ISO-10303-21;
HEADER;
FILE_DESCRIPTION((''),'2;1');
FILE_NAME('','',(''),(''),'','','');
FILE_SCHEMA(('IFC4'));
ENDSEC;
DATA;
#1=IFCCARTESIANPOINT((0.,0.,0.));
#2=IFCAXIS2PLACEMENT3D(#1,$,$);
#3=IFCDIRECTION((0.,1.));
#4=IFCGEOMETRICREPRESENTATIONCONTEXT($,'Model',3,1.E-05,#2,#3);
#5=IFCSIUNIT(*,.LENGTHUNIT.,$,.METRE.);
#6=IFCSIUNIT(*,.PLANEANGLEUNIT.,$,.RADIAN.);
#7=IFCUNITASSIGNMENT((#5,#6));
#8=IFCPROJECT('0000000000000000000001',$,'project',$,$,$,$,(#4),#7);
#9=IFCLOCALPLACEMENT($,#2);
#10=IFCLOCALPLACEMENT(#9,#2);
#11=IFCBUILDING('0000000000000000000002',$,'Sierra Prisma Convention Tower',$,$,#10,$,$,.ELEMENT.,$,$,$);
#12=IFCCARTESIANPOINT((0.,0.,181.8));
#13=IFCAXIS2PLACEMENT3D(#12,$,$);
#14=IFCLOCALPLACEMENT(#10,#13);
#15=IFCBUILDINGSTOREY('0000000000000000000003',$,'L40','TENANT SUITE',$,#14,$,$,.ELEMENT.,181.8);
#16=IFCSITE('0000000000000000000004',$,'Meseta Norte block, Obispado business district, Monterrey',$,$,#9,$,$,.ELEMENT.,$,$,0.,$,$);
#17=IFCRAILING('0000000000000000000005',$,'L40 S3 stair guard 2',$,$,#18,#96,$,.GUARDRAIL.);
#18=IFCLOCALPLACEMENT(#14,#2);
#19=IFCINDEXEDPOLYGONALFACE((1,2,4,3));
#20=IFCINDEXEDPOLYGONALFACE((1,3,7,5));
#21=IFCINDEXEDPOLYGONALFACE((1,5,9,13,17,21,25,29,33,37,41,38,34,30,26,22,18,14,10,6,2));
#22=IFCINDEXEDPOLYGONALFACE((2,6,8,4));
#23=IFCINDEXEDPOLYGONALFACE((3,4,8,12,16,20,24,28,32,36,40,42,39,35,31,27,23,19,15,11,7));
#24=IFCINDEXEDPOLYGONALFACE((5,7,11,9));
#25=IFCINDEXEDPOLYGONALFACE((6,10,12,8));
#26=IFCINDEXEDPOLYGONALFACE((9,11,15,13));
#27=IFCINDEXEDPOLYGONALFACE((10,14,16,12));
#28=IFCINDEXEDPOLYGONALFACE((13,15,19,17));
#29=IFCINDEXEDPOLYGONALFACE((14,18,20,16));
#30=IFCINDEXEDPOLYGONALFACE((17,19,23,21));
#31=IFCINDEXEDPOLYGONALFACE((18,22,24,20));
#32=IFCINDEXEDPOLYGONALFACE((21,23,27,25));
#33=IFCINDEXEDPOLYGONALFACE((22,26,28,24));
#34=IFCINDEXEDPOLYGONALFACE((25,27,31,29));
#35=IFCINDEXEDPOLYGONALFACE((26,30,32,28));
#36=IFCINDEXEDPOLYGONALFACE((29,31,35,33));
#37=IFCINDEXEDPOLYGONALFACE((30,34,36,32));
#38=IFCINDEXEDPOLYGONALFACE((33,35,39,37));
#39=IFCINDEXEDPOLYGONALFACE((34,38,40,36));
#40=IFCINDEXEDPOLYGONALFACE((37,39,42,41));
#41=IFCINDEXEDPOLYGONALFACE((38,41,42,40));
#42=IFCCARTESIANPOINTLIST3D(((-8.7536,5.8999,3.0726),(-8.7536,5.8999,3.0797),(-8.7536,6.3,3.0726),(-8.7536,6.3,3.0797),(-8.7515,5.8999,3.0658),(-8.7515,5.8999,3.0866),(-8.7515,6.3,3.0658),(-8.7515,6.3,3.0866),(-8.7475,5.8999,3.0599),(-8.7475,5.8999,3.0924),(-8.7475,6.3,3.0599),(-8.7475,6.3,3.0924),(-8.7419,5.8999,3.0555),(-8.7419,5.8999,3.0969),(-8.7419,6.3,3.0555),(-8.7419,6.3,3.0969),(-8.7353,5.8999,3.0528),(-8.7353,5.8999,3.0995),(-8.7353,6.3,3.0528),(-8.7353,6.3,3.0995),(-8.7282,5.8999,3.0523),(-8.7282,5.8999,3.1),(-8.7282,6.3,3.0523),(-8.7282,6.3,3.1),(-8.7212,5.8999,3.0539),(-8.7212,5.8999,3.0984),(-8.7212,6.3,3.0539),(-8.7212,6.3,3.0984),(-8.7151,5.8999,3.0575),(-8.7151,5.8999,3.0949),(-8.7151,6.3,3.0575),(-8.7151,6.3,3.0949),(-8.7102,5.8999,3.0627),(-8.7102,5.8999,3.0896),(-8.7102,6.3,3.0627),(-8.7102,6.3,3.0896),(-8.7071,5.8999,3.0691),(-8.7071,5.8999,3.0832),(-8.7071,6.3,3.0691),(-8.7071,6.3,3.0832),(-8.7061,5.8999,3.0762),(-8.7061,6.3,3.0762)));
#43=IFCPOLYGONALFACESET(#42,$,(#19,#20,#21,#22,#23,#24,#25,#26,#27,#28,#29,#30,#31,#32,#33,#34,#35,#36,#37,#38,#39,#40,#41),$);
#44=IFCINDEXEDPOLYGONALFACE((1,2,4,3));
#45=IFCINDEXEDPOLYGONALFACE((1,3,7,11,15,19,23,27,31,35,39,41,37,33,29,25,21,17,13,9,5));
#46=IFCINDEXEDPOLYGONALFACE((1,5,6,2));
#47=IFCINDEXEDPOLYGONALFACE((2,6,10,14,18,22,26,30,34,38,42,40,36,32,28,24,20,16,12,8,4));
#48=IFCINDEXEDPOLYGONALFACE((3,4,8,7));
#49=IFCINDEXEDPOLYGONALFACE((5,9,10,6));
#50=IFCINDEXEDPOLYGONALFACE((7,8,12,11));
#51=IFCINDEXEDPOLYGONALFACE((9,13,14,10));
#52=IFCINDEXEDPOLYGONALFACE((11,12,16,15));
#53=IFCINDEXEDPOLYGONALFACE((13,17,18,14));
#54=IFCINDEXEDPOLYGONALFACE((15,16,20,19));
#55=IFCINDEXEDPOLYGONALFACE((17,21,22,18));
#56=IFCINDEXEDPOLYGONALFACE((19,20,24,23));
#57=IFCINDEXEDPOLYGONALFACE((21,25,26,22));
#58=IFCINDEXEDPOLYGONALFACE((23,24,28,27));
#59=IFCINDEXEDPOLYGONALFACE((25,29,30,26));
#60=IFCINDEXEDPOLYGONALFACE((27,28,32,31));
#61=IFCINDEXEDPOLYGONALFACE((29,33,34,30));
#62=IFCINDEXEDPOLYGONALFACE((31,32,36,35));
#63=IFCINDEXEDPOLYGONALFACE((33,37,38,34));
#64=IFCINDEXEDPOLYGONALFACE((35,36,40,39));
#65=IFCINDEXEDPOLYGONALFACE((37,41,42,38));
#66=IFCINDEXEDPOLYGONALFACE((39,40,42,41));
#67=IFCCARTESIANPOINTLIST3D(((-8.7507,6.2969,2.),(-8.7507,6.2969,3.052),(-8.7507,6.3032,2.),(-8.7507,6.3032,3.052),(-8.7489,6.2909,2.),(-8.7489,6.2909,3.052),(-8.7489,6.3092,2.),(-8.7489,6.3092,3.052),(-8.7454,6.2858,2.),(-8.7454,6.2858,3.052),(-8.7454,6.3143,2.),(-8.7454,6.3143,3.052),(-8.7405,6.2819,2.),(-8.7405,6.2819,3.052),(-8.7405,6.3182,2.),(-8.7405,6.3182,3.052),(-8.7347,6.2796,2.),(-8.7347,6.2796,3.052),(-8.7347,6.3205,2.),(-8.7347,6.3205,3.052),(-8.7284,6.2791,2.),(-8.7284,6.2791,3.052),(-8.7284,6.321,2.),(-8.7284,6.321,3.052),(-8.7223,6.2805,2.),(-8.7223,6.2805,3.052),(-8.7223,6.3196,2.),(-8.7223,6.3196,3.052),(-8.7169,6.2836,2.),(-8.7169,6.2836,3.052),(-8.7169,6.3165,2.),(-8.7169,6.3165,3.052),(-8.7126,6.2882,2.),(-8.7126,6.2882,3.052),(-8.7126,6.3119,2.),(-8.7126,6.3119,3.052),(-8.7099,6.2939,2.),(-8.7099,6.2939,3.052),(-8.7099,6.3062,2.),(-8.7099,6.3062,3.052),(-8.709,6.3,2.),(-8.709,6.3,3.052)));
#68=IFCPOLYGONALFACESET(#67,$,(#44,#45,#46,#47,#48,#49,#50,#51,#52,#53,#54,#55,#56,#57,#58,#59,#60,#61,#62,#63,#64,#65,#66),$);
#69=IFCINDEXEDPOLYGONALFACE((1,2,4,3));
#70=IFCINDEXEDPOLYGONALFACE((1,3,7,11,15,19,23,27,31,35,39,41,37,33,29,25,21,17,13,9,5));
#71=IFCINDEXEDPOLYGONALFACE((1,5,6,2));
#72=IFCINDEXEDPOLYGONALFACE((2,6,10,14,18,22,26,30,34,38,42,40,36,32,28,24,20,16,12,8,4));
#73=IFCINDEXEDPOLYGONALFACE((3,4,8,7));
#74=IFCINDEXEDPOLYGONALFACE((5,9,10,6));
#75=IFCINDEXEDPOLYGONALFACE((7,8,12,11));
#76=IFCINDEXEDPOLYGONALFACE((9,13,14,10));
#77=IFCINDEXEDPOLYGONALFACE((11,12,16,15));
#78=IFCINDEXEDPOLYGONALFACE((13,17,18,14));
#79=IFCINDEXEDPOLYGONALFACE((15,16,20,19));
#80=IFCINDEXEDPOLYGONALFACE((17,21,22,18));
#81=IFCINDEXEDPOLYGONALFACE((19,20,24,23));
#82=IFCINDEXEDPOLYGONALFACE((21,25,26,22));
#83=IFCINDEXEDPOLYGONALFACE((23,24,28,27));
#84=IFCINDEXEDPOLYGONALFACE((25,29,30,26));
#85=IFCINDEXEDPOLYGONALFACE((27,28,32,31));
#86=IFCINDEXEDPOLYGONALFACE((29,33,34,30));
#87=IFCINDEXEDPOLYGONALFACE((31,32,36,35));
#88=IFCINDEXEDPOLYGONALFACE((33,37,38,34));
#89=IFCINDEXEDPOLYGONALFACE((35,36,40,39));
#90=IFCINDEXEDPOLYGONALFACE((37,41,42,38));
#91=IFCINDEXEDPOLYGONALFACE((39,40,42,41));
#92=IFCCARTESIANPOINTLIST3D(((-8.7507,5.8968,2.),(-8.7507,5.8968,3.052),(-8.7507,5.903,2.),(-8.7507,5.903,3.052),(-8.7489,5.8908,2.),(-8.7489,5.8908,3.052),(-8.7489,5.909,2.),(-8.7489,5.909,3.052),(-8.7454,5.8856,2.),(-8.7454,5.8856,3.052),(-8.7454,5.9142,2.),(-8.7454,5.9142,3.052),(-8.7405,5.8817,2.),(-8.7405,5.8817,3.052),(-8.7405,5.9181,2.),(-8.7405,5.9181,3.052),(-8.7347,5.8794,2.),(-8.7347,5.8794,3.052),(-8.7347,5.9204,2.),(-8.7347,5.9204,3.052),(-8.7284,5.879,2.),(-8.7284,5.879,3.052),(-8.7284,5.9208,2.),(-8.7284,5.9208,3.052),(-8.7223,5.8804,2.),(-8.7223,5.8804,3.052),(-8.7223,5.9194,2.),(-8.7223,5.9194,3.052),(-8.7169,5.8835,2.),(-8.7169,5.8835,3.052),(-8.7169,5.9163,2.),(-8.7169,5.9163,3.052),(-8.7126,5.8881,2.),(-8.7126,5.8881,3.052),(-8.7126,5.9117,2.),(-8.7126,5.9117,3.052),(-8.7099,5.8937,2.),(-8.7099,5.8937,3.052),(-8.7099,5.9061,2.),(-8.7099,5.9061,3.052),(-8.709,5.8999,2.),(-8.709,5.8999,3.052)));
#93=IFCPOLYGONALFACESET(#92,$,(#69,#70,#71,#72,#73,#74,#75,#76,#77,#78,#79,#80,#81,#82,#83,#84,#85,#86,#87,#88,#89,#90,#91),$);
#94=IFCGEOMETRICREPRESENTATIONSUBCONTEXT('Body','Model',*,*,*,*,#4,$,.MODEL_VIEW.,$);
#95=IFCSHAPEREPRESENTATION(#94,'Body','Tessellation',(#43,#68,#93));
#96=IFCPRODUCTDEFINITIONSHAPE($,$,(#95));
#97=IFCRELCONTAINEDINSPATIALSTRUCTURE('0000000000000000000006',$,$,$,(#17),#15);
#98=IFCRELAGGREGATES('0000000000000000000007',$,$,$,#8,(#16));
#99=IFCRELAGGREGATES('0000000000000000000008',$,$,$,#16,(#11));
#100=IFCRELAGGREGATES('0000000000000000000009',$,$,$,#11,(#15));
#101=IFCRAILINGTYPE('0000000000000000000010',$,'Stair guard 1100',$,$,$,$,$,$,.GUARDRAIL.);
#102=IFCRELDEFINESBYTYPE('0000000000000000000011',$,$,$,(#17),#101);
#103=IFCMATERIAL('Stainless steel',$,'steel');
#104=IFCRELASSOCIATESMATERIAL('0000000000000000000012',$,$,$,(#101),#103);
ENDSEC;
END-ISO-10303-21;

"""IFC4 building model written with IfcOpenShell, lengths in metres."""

from ifc_helpers import new_model, si_unit, direction, frame, origin, origin_2d, place, context, subcontext, project, spatial, circle, extrude, material, type_object, element, save


model = new_model("IFC4")

# Units and contexts
model_context = context("Model", 3, precision=1e-05, world=origin(), true_north=direction((0.0, 1.0)))
body_context = subcontext(model_context, "Body", "Model", "MODEL_VIEW")
ifc_project = project(units=[si_unit("LENGTHUNIT", "METRE"), si_unit("PLANEANGLEUNIT", "RADIAN")], contexts=[model_context])

# Site, building, storey
site_placement = place(None, origin())
site = spatial("IfcSite", under=ifc_project, at=site_placement, Name="Meseta Norte block, Obispado business district, Monterrey", CompositionType="ELEMENT", RefElevation=0.0)
building_placement = place(site_placement, origin())
building = spatial("IfcBuilding", under=site, at=building_placement, Name="Sierra Prisma Convention Tower", CompositionType="ELEMENT")
storey_placement = place(building_placement, frame((0.0, 0.0, 181.8)))
storey = spatial("IfcBuildingStorey", under=building, at=storey_placement, Name="L40", Description="TENANT SUITE", CompositionType="ELEMENT", Elevation=181.8)

# Railing
ifc_material_1 = material(Name="Stainless steel", Category="steel")
railing_type_1 = type_object("IfcRailingType", Name="Stair guard 1100", PredefinedType="GUARDRAIL", material=ifc_material_1)
railing_1_placement = place(storey_placement, frame((-8.73, 6.3, 2.0)))
element("IfcRailing", 1, at=railing_1_placement, inside=storey, type_object=railing_type_1, Name="L40 S3 stair guard 2", PredefinedType="GUARDRAIL", context=body_context, shape_type="SweptSolid", body=[
    extrude(circle(Radius=0.0239, at=origin_2d()), frame((0.0, 0.0, 1.0762), z_axis=(0.0, -1.0, 0.0), x_axis=(1.0, 0.0, 0.0)), (0.0, 0.0, 1.0), 0.4001),
    extrude(circle(Radius=0.021, at=origin_2d()), origin(), (0.0, 0.0, 1.0), 1.052),
    extrude(circle(Radius=0.021, at=origin_2d()), frame((0.0, -0.4001, 0.0)), (0.0, 0.0, 1.0), 1.052),
])

save(model, "model.ifc")
